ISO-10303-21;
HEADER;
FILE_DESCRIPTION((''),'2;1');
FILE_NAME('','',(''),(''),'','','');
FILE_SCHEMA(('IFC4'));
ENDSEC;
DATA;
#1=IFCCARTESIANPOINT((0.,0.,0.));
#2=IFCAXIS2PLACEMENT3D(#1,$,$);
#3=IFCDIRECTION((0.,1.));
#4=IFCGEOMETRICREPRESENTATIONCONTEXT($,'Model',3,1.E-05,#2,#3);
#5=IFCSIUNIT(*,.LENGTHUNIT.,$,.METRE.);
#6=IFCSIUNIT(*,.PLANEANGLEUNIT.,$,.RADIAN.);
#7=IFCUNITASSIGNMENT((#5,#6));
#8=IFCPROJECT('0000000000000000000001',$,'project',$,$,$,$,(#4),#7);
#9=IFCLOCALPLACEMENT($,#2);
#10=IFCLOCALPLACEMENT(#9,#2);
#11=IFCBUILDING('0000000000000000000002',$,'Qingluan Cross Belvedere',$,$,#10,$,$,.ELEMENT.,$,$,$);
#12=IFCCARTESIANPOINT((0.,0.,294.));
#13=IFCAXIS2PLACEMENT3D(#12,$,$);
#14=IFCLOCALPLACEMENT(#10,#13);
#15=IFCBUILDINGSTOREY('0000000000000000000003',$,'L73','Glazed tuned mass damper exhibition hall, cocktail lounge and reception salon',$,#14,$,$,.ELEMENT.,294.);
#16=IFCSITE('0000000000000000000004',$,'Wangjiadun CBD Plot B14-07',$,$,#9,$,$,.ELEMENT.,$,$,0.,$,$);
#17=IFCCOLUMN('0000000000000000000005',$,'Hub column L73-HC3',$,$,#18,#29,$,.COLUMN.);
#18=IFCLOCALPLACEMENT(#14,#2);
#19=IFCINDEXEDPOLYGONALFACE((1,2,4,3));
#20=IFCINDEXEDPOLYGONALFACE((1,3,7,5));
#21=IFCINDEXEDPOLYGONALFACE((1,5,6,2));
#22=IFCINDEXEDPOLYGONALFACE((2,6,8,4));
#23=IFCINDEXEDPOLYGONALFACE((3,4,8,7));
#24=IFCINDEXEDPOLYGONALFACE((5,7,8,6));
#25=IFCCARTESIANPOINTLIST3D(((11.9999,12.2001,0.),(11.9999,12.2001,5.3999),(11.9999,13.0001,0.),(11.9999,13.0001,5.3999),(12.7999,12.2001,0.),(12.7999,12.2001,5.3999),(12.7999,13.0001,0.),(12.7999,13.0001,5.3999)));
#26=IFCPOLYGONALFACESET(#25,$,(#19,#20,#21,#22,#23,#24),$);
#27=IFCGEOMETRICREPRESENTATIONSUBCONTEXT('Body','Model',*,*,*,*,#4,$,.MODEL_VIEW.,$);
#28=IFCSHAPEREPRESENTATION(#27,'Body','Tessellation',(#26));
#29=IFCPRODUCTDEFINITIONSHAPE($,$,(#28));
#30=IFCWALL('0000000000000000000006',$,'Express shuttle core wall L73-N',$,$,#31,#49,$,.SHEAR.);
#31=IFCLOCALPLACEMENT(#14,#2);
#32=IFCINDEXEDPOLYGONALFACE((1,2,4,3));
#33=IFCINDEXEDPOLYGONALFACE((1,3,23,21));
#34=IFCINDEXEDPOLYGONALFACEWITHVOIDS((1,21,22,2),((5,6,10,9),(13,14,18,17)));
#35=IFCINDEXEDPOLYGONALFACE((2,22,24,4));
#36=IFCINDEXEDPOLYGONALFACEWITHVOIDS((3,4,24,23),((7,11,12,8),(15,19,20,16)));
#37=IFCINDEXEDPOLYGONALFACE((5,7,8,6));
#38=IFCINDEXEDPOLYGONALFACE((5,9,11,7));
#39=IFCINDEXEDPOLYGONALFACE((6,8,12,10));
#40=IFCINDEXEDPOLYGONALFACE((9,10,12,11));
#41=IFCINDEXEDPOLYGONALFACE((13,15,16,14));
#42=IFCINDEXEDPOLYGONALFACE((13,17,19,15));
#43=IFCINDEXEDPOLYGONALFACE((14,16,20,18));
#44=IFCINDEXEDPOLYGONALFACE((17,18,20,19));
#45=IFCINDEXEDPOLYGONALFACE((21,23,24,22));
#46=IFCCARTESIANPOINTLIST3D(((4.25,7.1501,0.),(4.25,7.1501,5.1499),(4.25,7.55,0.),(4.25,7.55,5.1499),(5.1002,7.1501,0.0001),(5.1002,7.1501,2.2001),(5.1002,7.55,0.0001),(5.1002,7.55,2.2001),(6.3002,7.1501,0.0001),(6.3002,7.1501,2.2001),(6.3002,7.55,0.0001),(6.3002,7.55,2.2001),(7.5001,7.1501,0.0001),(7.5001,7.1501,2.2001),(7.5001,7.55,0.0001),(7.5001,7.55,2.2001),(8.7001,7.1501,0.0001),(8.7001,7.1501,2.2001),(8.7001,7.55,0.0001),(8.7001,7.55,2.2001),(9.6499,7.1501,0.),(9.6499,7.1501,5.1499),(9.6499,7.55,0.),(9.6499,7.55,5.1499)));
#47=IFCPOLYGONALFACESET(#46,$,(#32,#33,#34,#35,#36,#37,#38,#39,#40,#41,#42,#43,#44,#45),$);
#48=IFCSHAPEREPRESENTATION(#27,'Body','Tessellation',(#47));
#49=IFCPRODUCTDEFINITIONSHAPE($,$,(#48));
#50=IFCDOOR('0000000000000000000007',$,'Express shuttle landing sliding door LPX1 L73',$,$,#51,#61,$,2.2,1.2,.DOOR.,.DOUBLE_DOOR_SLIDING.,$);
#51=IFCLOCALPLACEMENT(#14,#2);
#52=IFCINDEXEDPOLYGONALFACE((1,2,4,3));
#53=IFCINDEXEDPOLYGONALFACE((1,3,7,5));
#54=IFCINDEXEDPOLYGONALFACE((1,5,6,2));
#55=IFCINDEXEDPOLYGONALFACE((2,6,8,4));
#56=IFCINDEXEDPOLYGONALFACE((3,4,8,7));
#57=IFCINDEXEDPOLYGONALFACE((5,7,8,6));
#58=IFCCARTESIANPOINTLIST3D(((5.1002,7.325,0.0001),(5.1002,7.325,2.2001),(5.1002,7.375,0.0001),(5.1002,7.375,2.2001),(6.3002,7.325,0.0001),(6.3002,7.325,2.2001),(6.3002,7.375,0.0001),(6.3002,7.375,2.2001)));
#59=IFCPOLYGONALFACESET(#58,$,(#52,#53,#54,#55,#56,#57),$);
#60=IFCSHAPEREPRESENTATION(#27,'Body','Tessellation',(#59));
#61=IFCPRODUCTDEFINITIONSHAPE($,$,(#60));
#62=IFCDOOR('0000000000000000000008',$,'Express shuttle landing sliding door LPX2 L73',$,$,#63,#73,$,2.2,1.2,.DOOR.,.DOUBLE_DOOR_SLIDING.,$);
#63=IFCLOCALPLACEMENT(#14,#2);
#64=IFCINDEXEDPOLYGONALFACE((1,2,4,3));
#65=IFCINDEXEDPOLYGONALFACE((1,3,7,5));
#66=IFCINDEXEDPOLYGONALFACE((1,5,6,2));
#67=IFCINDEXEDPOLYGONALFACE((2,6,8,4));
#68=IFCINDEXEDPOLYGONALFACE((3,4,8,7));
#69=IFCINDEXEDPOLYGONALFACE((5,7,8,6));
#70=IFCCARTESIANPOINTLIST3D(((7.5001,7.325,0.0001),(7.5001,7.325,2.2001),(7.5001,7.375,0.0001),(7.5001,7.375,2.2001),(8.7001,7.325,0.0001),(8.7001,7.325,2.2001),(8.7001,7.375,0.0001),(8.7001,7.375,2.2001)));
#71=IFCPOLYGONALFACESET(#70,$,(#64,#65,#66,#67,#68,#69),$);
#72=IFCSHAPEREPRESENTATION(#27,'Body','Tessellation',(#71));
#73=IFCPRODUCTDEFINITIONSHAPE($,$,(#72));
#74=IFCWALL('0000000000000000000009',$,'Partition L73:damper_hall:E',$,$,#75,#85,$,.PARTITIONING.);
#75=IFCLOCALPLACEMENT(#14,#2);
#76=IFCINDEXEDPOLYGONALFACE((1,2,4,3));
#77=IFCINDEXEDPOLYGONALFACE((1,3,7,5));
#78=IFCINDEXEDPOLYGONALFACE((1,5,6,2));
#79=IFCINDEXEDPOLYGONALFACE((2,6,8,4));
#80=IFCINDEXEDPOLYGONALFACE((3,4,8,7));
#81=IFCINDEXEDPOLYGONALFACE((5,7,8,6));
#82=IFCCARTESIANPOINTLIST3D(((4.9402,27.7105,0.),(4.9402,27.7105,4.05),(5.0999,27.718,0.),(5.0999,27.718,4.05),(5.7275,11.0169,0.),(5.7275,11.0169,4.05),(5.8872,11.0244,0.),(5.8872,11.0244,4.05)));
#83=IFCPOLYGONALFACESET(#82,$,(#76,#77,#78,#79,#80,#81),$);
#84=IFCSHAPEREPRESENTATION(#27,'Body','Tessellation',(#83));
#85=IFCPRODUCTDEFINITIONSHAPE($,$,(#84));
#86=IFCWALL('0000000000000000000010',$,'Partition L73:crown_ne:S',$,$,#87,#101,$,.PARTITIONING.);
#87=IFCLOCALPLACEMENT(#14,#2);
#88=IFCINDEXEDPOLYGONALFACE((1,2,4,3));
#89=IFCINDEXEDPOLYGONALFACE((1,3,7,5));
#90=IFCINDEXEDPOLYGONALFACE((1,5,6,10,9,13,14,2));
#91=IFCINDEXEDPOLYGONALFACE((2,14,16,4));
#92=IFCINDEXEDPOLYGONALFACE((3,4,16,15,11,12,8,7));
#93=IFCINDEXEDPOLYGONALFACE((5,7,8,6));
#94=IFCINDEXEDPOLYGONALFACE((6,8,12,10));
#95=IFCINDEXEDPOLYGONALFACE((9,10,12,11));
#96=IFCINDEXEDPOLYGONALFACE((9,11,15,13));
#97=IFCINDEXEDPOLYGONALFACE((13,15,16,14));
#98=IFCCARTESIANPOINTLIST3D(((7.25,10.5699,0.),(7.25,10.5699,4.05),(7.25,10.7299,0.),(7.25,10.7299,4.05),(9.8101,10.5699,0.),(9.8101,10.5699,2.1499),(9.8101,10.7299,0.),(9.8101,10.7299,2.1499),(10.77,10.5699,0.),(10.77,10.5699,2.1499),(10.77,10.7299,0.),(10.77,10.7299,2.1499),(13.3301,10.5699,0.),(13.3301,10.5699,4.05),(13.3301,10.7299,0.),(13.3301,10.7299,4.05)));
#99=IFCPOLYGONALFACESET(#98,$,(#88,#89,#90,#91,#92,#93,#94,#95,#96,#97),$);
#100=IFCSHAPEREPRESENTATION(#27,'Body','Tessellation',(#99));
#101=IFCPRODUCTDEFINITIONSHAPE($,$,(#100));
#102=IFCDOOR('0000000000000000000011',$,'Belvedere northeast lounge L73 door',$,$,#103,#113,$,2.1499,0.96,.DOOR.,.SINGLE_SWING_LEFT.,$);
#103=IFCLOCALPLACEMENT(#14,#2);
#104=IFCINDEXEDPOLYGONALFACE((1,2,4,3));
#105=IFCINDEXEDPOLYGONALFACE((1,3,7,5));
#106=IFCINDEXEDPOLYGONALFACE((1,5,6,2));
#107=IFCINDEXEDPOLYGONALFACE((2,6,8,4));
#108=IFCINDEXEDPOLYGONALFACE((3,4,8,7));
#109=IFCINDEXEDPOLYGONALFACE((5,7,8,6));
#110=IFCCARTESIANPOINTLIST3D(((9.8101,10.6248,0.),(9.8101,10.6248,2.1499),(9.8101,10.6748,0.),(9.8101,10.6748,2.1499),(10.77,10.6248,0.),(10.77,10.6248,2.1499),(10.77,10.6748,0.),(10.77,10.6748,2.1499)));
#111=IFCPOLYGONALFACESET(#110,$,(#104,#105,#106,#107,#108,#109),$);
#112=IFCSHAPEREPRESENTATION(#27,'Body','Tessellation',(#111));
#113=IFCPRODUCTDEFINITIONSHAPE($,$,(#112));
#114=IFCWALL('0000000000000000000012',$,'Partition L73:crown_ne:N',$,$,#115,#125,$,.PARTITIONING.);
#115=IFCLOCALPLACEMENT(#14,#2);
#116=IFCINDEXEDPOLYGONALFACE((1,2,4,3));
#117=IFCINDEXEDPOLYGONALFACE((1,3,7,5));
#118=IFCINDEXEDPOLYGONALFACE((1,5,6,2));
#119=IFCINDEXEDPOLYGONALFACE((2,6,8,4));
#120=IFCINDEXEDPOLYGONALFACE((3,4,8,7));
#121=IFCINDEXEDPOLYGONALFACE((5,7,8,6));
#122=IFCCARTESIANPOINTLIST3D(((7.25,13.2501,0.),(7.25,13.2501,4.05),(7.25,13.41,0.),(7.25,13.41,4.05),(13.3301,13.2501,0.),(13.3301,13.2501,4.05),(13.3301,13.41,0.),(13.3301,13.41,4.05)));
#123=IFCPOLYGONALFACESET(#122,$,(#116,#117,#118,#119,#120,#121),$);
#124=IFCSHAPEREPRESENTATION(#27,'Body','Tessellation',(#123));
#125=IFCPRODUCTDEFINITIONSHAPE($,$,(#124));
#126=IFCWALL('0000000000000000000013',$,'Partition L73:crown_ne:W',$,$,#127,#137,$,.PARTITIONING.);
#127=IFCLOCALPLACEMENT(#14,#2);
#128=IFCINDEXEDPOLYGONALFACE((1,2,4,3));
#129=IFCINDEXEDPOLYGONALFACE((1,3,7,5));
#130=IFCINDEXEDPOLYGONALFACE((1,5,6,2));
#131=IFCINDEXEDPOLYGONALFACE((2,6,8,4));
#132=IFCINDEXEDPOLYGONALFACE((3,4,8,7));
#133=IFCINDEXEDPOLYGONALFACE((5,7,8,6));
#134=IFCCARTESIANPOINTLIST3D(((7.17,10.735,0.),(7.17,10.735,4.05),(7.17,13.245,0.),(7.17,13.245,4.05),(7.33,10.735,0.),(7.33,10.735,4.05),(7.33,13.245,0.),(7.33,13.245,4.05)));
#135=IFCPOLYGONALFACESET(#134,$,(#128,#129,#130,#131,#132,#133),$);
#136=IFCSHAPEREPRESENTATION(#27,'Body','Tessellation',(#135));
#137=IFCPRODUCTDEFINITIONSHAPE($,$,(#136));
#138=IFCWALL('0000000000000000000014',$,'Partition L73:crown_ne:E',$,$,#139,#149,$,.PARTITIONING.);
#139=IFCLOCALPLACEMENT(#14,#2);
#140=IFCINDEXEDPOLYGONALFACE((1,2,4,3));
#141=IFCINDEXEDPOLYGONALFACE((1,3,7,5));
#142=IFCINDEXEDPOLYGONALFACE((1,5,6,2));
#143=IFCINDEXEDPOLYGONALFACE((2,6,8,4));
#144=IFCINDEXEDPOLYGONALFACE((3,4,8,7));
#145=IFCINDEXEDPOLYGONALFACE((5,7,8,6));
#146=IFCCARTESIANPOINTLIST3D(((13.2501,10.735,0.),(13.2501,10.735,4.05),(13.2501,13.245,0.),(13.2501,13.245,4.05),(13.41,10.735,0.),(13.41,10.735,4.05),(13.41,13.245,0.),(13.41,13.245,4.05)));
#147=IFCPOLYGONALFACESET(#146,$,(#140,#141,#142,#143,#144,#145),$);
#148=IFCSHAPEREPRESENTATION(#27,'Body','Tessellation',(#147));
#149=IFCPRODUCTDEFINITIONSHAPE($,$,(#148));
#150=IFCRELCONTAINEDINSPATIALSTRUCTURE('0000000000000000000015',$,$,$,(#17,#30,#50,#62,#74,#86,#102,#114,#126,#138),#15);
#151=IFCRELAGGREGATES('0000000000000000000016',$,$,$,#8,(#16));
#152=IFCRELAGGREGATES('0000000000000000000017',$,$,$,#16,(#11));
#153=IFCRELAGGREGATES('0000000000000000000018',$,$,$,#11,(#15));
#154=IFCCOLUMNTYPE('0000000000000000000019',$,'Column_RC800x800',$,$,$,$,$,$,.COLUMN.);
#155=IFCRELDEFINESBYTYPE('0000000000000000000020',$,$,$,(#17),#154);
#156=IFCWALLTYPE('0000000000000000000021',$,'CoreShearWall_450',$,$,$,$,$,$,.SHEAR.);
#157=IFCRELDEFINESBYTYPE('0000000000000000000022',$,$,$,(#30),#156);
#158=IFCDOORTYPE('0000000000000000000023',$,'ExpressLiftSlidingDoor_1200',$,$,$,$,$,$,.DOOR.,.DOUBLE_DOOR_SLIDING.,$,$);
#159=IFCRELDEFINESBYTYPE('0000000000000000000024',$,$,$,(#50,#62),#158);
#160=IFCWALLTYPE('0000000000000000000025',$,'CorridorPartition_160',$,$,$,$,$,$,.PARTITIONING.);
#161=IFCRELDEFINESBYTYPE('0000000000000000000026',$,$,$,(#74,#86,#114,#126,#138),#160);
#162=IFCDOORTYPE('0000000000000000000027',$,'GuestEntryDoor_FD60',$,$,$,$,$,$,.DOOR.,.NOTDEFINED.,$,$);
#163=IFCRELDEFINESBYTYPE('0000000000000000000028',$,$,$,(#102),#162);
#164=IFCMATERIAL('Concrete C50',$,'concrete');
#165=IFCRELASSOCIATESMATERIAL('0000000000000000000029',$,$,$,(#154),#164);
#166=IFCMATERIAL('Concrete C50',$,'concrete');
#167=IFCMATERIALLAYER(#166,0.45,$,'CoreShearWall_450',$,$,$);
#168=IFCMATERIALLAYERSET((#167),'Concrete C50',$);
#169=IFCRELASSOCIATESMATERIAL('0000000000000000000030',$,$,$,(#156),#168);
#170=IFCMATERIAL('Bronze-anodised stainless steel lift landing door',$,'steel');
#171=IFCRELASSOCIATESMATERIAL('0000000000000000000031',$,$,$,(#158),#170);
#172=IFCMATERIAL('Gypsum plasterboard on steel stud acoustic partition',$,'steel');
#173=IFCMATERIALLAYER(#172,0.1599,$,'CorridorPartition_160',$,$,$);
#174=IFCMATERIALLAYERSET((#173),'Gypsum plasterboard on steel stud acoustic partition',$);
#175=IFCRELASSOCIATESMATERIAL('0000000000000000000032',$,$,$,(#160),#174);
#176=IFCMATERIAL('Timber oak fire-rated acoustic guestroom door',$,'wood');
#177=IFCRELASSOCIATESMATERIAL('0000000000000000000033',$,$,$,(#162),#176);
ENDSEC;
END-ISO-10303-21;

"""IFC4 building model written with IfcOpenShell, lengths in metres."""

from ifc_helpers import new_model, si_unit, direction, frame, frame_2d, origin, origin_2d, place, context, subcontext, project, spatial, rectangle, extrude, material, layer, layer_set, material_profile, profile_set, type_object, element, fill, save


model = new_model("IFC4")

# Units and contexts
model_context = context("Model", 3, precision=1e-05, world=origin(), true_north=direction((0.0, 1.0)))
body_context = subcontext(model_context, "Body", "Model", "MODEL_VIEW")
ifc_project = project(units=[si_unit("LENGTHUNIT", "METRE"), si_unit("PLANEANGLEUNIT", "RADIAN")], contexts=[model_context])

# Site, building, storey
site_placement = place(None, origin())
site = spatial("IfcSite", under=ifc_project, at=site_placement, Name="Wangjiadun CBD Plot B14-07", CompositionType="ELEMENT", RefElevation=0.0)
building_placement = place(site_placement, origin())
building = spatial("IfcBuilding", under=site, at=building_placement, Name="Qingluan Cross Belvedere", CompositionType="ELEMENT")
storey_placement = place(building_placement, frame((0.0, 0.0, 294.0)))
storey = spatial("IfcBuildingStorey", under=building, at=storey_placement, Name="L73", Description="Glazed tuned mass damper exhibition hall, cocktail lounge and reception salon", CompositionType="ELEMENT", Elevation=294.0)

# Column
ifc_material_1 = material(Name="Concrete C50", Category="concrete")
ifc_material_profile = material_profile(ifc_material_1, rectangle(XDim=0.8, YDim=0.8, at=origin_2d()), Name="RC800x800")
ifc_profile_set = profile_set([ifc_material_profile], Name="Concrete C50")
column_type = type_object("IfcColumnType", Name="Column_RC800x800", PredefinedType="COLUMN", material=ifc_profile_set)
column_placement = place(storey_placement, frame((12.3999, 12.6001, 0.0), z_axis=(0.0, 0.0, 1.0), x_axis=(1.0, 0.0, 0.0)))
element("IfcColumn", 1, at=column_placement, inside=storey, type_object=column_type, Name="Hub column L73-HC3", PredefinedType="COLUMN", context=body_context, shape_type="SweptSolid", body=[
    extrude(rectangle(XDim=0.8, YDim=0.8, at=origin_2d()), origin(), (0.0, 0.0, 1.0), 5.3999),
])

# Wall, openings, doors
ifc_material_2 = material(Name="Concrete C50", Category="concrete")
ifc_layer_1 = layer(ifc_material_2, 0.45, Name="CoreShearWall_450")
ifc_layer_set_1 = layer_set([ifc_layer_1], Name="Concrete C50")
wall_type_1 = type_object("IfcWallType", Name="CoreShearWall_450", PredefinedType="SHEAR", material=ifc_layer_set_1)
wall_1_placement = place(storey_placement, frame((4.25, 7.3501, 0.0), z_axis=(0.0, 0.0, 1.0), x_axis=(1.0, 0.0, 0.0)))
wall_1 = element("IfcWall", 2, at=wall_1_placement, inside=storey, type_object=wall_type_1, Name="Express shuttle core wall L73-N", PredefinedType="SHEAR", context=body_context, shape_type="SweptSolid", body=[
    extrude(rectangle(XDim=5.3999, YDim=0.3999, at=frame_2d((2.7, 0.0))), origin(), (0.0, 0.0, 1.0), 5.1499),
])
opening_1_placement = place(wall_1_placement, frame((0.8501, 0.0, 0.0)))
opening_1 = element("IfcOpeningElement", 3, at=opening_1_placement, cuts=wall_1, PredefinedType="OPENING", context=body_context, shape_type="SweptSolid", body=[
    extrude(rectangle(XDim=1.2, YDim=2.2, at=frame_2d((0.6001, 1.1001))), frame((0.0, 0.21, 0.0), z_axis=(0.0, -1.0, 0.0), x_axis=(1.0, 0.0, 0.0)), (0.0, 0.0, 1.0), 0.4199),
])
opening_2_placement = place(wall_1_placement, frame((3.25, 0.0, 0.0)))
opening_2 = element("IfcOpeningElement", 4, at=opening_2_placement, cuts=wall_1, PredefinedType="OPENING", context=body_context, shape_type="SweptSolid", body=[
    extrude(rectangle(XDim=1.2, YDim=2.2, at=frame_2d((0.6001, 1.1001))), frame((0.0, 0.21, 0.0), z_axis=(0.0, -1.0, 0.0), x_axis=(1.0, 0.0, 0.0)), (0.0, 0.0, 1.0), 0.4199),
])
ifc_material_3 = material(Name="Bronze-anodised stainless steel lift landing door", Category="steel")
door_type_1 = type_object("IfcDoorType", Name="ExpressLiftSlidingDoor_1200", OperationType="DOUBLE_DOOR_SLIDING", PredefinedType="DOOR", material=ifc_material_3)
door_1_placement = place(opening_1_placement, origin())
door_1 = element("IfcDoor", 5, at=door_1_placement, inside=storey, type_object=door_type_1, Name="Express shuttle landing sliding door LPX1 L73", OperationType="DOUBLE_DOOR_SLIDING", OverallHeight=2.2, OverallWidth=1.2, PredefinedType="DOOR", context=body_context, shape_type="SweptSolid", body=[
    extrude(rectangle(XDim=1.2, YDim=2.2, at=frame_2d((0.6001, 1.1001))), frame((0.0, 0.0249, 0.0), z_axis=(0.0, -1.0, 0.0), x_axis=(1.0, 0.0, 0.0)), (0.0, 0.0, 1.0), 0.05),
])
fill(opening_1, door_1)
door_2_placement = place(opening_2_placement, origin())
door_2 = element("IfcDoor", 6, at=door_2_placement, inside=storey, type_object=door_type_1, Name="Express shuttle landing sliding door LPX2 L73", OperationType="DOUBLE_DOOR_SLIDING", OverallHeight=2.2, OverallWidth=1.2, PredefinedType="DOOR", context=body_context, shape_type="SweptSolid", body=[
    extrude(rectangle(XDim=1.2, YDim=2.2, at=frame_2d((0.6001, 1.1001))), frame((0.0, 0.0249, 0.0), z_axis=(0.0, -1.0, 0.0), x_axis=(1.0, 0.0, 0.0)), (0.0, 0.0, 1.0), 0.05),
])
fill(opening_2, door_2)

# Wall
ifc_material_4 = material(Name="Gypsum plasterboard on steel stud acoustic partition", Category="steel")
ifc_layer_2 = layer(ifc_material_4, 0.1599, Name="CorridorPartition_160")
ifc_layer_set_2 = layer_set([ifc_layer_2], Name="Gypsum plasterboard on steel stud acoustic partition")
wall_type_2 = type_object("IfcWallType", Name="CorridorPartition_160", PredefinedType="PARTITIONING", material=ifc_layer_set_2)
wall_2_placement = place(storey_placement, frame((5.8074, 11.0208, 0.0), z_axis=(0.0, 0.0, 1.0), x_axis=(-0.047113, 0.99889, 0.0)))
element("IfcWall", 7, at=wall_2_placement, inside=storey, type_object=wall_type_2, Name="Partition L73:damper_hall:E", PredefinedType="PARTITIONING", context=body_context, shape_type="SweptSolid", body=[
    extrude(rectangle(XDim=16.7122, YDim=0.1599, at=frame_2d((8.356, 0.0))), origin(), (0.0, 0.0, 1.0), 4.05),
])

# Wall, opening, door
wall_3_placement = place(storey_placement, frame((7.25, 10.6499, 0.0), z_axis=(0.0, 0.0, 1.0), x_axis=(1.0, 0.0, 0.0)))
wall_3 = element("IfcWall", 8, at=wall_3_placement, inside=storey, type_object=wall_type_2, Name="Partition L73:crown_ne:S", PredefinedType="PARTITIONING", context=body_context, shape_type="SweptSolid", body=[
    extrude(rectangle(XDim=6.0801, YDim=0.1599, at=frame_2d((3.04, 0.0))), origin(), (0.0, 0.0, 1.0), 4.05),
])
opening_3_placement = place(wall_3_placement, frame((2.5601, 0.0, 0.0)))
opening_3 = element("IfcOpeningElement", 9, at=opening_3_placement, cuts=wall_3, PredefinedType="OPENING", context=body_context, shape_type="SweptSolid", body=[
    extrude(rectangle(XDim=0.96, YDim=2.1499, at=frame_2d((0.48, 1.075))), frame((0.0, 0.0898, 0.0), z_axis=(0.0, -1.0, 0.0), x_axis=(1.0, 0.0, 0.0)), (0.0, 0.0, 1.0), 0.1799),
])
ifc_material_5 = material(Name="Timber oak fire-rated acoustic guestroom door", Category="wood")
door_type_2 = type_object("IfcDoorType", Name="GuestEntryDoor_FD60", OperationType="NOTDEFINED", PredefinedType="DOOR", material=ifc_material_5)
door_3_placement = place(opening_3_placement, origin())
door_3 = element("IfcDoor", 10, at=door_3_placement, inside=storey, type_object=door_type_2, Name="Belvedere northeast lounge L73 door", OperationType="SINGLE_SWING_LEFT", OverallHeight=2.1499, OverallWidth=0.96, PredefinedType="DOOR", context=body_context, shape_type="SweptSolid", body=[
    extrude(rectangle(XDim=0.96, YDim=2.1499, at=frame_2d((0.48, 1.075))), frame((0.0, 0.0249, 0.0), z_axis=(0.0, -1.0, 0.0), x_axis=(1.0, 0.0, 0.0)), (0.0, 0.0, 1.0), 0.05),
])
fill(opening_3, door_3)

# Walls
wall_4_placement = place(storey_placement, frame((7.25, 13.3301, 0.0), z_axis=(0.0, 0.0, 1.0), x_axis=(1.0, 0.0, 0.0)))
element("IfcWall", 11, at=wall_4_placement, inside=storey, type_object=wall_type_2, Name="Partition L73:crown_ne:N", PredefinedType="PARTITIONING", context=body_context, shape_type="SweptSolid", body=[
    extrude(rectangle(XDim=6.0801, YDim=0.1599, at=frame_2d((3.04, 0.0))), origin(), (0.0, 0.0, 1.0), 4.05),
])
for number, where, z_axis, x_axis, name in (
    (12, (7.25, 10.7351, 0.0), (0.0, 0.0, 1.0), (0.0, 1.0, 0.0), "Partition L73:crown_ne:W"),
    (13, (13.3301, 10.7351, 0.0), (0.0, 0.0, 1.0), (0.0, 1.0, 0.0), "Partition L73:crown_ne:E"),
):
    element("IfcWall", number, at=place(storey_placement, frame(where, z_axis=z_axis, x_axis=x_axis)), inside=storey, type_object=wall_type_2, Name=name, PredefinedType="PARTITIONING", context=body_context, shape_type="SweptSolid", body=[
        extrude(rectangle(XDim=2.51, YDim=0.1599, at=frame_2d((1.2549, 0.0))), origin(), (0.0, 0.0, 1.0), 4.05),
    ])

save(model, "model.ifc")
